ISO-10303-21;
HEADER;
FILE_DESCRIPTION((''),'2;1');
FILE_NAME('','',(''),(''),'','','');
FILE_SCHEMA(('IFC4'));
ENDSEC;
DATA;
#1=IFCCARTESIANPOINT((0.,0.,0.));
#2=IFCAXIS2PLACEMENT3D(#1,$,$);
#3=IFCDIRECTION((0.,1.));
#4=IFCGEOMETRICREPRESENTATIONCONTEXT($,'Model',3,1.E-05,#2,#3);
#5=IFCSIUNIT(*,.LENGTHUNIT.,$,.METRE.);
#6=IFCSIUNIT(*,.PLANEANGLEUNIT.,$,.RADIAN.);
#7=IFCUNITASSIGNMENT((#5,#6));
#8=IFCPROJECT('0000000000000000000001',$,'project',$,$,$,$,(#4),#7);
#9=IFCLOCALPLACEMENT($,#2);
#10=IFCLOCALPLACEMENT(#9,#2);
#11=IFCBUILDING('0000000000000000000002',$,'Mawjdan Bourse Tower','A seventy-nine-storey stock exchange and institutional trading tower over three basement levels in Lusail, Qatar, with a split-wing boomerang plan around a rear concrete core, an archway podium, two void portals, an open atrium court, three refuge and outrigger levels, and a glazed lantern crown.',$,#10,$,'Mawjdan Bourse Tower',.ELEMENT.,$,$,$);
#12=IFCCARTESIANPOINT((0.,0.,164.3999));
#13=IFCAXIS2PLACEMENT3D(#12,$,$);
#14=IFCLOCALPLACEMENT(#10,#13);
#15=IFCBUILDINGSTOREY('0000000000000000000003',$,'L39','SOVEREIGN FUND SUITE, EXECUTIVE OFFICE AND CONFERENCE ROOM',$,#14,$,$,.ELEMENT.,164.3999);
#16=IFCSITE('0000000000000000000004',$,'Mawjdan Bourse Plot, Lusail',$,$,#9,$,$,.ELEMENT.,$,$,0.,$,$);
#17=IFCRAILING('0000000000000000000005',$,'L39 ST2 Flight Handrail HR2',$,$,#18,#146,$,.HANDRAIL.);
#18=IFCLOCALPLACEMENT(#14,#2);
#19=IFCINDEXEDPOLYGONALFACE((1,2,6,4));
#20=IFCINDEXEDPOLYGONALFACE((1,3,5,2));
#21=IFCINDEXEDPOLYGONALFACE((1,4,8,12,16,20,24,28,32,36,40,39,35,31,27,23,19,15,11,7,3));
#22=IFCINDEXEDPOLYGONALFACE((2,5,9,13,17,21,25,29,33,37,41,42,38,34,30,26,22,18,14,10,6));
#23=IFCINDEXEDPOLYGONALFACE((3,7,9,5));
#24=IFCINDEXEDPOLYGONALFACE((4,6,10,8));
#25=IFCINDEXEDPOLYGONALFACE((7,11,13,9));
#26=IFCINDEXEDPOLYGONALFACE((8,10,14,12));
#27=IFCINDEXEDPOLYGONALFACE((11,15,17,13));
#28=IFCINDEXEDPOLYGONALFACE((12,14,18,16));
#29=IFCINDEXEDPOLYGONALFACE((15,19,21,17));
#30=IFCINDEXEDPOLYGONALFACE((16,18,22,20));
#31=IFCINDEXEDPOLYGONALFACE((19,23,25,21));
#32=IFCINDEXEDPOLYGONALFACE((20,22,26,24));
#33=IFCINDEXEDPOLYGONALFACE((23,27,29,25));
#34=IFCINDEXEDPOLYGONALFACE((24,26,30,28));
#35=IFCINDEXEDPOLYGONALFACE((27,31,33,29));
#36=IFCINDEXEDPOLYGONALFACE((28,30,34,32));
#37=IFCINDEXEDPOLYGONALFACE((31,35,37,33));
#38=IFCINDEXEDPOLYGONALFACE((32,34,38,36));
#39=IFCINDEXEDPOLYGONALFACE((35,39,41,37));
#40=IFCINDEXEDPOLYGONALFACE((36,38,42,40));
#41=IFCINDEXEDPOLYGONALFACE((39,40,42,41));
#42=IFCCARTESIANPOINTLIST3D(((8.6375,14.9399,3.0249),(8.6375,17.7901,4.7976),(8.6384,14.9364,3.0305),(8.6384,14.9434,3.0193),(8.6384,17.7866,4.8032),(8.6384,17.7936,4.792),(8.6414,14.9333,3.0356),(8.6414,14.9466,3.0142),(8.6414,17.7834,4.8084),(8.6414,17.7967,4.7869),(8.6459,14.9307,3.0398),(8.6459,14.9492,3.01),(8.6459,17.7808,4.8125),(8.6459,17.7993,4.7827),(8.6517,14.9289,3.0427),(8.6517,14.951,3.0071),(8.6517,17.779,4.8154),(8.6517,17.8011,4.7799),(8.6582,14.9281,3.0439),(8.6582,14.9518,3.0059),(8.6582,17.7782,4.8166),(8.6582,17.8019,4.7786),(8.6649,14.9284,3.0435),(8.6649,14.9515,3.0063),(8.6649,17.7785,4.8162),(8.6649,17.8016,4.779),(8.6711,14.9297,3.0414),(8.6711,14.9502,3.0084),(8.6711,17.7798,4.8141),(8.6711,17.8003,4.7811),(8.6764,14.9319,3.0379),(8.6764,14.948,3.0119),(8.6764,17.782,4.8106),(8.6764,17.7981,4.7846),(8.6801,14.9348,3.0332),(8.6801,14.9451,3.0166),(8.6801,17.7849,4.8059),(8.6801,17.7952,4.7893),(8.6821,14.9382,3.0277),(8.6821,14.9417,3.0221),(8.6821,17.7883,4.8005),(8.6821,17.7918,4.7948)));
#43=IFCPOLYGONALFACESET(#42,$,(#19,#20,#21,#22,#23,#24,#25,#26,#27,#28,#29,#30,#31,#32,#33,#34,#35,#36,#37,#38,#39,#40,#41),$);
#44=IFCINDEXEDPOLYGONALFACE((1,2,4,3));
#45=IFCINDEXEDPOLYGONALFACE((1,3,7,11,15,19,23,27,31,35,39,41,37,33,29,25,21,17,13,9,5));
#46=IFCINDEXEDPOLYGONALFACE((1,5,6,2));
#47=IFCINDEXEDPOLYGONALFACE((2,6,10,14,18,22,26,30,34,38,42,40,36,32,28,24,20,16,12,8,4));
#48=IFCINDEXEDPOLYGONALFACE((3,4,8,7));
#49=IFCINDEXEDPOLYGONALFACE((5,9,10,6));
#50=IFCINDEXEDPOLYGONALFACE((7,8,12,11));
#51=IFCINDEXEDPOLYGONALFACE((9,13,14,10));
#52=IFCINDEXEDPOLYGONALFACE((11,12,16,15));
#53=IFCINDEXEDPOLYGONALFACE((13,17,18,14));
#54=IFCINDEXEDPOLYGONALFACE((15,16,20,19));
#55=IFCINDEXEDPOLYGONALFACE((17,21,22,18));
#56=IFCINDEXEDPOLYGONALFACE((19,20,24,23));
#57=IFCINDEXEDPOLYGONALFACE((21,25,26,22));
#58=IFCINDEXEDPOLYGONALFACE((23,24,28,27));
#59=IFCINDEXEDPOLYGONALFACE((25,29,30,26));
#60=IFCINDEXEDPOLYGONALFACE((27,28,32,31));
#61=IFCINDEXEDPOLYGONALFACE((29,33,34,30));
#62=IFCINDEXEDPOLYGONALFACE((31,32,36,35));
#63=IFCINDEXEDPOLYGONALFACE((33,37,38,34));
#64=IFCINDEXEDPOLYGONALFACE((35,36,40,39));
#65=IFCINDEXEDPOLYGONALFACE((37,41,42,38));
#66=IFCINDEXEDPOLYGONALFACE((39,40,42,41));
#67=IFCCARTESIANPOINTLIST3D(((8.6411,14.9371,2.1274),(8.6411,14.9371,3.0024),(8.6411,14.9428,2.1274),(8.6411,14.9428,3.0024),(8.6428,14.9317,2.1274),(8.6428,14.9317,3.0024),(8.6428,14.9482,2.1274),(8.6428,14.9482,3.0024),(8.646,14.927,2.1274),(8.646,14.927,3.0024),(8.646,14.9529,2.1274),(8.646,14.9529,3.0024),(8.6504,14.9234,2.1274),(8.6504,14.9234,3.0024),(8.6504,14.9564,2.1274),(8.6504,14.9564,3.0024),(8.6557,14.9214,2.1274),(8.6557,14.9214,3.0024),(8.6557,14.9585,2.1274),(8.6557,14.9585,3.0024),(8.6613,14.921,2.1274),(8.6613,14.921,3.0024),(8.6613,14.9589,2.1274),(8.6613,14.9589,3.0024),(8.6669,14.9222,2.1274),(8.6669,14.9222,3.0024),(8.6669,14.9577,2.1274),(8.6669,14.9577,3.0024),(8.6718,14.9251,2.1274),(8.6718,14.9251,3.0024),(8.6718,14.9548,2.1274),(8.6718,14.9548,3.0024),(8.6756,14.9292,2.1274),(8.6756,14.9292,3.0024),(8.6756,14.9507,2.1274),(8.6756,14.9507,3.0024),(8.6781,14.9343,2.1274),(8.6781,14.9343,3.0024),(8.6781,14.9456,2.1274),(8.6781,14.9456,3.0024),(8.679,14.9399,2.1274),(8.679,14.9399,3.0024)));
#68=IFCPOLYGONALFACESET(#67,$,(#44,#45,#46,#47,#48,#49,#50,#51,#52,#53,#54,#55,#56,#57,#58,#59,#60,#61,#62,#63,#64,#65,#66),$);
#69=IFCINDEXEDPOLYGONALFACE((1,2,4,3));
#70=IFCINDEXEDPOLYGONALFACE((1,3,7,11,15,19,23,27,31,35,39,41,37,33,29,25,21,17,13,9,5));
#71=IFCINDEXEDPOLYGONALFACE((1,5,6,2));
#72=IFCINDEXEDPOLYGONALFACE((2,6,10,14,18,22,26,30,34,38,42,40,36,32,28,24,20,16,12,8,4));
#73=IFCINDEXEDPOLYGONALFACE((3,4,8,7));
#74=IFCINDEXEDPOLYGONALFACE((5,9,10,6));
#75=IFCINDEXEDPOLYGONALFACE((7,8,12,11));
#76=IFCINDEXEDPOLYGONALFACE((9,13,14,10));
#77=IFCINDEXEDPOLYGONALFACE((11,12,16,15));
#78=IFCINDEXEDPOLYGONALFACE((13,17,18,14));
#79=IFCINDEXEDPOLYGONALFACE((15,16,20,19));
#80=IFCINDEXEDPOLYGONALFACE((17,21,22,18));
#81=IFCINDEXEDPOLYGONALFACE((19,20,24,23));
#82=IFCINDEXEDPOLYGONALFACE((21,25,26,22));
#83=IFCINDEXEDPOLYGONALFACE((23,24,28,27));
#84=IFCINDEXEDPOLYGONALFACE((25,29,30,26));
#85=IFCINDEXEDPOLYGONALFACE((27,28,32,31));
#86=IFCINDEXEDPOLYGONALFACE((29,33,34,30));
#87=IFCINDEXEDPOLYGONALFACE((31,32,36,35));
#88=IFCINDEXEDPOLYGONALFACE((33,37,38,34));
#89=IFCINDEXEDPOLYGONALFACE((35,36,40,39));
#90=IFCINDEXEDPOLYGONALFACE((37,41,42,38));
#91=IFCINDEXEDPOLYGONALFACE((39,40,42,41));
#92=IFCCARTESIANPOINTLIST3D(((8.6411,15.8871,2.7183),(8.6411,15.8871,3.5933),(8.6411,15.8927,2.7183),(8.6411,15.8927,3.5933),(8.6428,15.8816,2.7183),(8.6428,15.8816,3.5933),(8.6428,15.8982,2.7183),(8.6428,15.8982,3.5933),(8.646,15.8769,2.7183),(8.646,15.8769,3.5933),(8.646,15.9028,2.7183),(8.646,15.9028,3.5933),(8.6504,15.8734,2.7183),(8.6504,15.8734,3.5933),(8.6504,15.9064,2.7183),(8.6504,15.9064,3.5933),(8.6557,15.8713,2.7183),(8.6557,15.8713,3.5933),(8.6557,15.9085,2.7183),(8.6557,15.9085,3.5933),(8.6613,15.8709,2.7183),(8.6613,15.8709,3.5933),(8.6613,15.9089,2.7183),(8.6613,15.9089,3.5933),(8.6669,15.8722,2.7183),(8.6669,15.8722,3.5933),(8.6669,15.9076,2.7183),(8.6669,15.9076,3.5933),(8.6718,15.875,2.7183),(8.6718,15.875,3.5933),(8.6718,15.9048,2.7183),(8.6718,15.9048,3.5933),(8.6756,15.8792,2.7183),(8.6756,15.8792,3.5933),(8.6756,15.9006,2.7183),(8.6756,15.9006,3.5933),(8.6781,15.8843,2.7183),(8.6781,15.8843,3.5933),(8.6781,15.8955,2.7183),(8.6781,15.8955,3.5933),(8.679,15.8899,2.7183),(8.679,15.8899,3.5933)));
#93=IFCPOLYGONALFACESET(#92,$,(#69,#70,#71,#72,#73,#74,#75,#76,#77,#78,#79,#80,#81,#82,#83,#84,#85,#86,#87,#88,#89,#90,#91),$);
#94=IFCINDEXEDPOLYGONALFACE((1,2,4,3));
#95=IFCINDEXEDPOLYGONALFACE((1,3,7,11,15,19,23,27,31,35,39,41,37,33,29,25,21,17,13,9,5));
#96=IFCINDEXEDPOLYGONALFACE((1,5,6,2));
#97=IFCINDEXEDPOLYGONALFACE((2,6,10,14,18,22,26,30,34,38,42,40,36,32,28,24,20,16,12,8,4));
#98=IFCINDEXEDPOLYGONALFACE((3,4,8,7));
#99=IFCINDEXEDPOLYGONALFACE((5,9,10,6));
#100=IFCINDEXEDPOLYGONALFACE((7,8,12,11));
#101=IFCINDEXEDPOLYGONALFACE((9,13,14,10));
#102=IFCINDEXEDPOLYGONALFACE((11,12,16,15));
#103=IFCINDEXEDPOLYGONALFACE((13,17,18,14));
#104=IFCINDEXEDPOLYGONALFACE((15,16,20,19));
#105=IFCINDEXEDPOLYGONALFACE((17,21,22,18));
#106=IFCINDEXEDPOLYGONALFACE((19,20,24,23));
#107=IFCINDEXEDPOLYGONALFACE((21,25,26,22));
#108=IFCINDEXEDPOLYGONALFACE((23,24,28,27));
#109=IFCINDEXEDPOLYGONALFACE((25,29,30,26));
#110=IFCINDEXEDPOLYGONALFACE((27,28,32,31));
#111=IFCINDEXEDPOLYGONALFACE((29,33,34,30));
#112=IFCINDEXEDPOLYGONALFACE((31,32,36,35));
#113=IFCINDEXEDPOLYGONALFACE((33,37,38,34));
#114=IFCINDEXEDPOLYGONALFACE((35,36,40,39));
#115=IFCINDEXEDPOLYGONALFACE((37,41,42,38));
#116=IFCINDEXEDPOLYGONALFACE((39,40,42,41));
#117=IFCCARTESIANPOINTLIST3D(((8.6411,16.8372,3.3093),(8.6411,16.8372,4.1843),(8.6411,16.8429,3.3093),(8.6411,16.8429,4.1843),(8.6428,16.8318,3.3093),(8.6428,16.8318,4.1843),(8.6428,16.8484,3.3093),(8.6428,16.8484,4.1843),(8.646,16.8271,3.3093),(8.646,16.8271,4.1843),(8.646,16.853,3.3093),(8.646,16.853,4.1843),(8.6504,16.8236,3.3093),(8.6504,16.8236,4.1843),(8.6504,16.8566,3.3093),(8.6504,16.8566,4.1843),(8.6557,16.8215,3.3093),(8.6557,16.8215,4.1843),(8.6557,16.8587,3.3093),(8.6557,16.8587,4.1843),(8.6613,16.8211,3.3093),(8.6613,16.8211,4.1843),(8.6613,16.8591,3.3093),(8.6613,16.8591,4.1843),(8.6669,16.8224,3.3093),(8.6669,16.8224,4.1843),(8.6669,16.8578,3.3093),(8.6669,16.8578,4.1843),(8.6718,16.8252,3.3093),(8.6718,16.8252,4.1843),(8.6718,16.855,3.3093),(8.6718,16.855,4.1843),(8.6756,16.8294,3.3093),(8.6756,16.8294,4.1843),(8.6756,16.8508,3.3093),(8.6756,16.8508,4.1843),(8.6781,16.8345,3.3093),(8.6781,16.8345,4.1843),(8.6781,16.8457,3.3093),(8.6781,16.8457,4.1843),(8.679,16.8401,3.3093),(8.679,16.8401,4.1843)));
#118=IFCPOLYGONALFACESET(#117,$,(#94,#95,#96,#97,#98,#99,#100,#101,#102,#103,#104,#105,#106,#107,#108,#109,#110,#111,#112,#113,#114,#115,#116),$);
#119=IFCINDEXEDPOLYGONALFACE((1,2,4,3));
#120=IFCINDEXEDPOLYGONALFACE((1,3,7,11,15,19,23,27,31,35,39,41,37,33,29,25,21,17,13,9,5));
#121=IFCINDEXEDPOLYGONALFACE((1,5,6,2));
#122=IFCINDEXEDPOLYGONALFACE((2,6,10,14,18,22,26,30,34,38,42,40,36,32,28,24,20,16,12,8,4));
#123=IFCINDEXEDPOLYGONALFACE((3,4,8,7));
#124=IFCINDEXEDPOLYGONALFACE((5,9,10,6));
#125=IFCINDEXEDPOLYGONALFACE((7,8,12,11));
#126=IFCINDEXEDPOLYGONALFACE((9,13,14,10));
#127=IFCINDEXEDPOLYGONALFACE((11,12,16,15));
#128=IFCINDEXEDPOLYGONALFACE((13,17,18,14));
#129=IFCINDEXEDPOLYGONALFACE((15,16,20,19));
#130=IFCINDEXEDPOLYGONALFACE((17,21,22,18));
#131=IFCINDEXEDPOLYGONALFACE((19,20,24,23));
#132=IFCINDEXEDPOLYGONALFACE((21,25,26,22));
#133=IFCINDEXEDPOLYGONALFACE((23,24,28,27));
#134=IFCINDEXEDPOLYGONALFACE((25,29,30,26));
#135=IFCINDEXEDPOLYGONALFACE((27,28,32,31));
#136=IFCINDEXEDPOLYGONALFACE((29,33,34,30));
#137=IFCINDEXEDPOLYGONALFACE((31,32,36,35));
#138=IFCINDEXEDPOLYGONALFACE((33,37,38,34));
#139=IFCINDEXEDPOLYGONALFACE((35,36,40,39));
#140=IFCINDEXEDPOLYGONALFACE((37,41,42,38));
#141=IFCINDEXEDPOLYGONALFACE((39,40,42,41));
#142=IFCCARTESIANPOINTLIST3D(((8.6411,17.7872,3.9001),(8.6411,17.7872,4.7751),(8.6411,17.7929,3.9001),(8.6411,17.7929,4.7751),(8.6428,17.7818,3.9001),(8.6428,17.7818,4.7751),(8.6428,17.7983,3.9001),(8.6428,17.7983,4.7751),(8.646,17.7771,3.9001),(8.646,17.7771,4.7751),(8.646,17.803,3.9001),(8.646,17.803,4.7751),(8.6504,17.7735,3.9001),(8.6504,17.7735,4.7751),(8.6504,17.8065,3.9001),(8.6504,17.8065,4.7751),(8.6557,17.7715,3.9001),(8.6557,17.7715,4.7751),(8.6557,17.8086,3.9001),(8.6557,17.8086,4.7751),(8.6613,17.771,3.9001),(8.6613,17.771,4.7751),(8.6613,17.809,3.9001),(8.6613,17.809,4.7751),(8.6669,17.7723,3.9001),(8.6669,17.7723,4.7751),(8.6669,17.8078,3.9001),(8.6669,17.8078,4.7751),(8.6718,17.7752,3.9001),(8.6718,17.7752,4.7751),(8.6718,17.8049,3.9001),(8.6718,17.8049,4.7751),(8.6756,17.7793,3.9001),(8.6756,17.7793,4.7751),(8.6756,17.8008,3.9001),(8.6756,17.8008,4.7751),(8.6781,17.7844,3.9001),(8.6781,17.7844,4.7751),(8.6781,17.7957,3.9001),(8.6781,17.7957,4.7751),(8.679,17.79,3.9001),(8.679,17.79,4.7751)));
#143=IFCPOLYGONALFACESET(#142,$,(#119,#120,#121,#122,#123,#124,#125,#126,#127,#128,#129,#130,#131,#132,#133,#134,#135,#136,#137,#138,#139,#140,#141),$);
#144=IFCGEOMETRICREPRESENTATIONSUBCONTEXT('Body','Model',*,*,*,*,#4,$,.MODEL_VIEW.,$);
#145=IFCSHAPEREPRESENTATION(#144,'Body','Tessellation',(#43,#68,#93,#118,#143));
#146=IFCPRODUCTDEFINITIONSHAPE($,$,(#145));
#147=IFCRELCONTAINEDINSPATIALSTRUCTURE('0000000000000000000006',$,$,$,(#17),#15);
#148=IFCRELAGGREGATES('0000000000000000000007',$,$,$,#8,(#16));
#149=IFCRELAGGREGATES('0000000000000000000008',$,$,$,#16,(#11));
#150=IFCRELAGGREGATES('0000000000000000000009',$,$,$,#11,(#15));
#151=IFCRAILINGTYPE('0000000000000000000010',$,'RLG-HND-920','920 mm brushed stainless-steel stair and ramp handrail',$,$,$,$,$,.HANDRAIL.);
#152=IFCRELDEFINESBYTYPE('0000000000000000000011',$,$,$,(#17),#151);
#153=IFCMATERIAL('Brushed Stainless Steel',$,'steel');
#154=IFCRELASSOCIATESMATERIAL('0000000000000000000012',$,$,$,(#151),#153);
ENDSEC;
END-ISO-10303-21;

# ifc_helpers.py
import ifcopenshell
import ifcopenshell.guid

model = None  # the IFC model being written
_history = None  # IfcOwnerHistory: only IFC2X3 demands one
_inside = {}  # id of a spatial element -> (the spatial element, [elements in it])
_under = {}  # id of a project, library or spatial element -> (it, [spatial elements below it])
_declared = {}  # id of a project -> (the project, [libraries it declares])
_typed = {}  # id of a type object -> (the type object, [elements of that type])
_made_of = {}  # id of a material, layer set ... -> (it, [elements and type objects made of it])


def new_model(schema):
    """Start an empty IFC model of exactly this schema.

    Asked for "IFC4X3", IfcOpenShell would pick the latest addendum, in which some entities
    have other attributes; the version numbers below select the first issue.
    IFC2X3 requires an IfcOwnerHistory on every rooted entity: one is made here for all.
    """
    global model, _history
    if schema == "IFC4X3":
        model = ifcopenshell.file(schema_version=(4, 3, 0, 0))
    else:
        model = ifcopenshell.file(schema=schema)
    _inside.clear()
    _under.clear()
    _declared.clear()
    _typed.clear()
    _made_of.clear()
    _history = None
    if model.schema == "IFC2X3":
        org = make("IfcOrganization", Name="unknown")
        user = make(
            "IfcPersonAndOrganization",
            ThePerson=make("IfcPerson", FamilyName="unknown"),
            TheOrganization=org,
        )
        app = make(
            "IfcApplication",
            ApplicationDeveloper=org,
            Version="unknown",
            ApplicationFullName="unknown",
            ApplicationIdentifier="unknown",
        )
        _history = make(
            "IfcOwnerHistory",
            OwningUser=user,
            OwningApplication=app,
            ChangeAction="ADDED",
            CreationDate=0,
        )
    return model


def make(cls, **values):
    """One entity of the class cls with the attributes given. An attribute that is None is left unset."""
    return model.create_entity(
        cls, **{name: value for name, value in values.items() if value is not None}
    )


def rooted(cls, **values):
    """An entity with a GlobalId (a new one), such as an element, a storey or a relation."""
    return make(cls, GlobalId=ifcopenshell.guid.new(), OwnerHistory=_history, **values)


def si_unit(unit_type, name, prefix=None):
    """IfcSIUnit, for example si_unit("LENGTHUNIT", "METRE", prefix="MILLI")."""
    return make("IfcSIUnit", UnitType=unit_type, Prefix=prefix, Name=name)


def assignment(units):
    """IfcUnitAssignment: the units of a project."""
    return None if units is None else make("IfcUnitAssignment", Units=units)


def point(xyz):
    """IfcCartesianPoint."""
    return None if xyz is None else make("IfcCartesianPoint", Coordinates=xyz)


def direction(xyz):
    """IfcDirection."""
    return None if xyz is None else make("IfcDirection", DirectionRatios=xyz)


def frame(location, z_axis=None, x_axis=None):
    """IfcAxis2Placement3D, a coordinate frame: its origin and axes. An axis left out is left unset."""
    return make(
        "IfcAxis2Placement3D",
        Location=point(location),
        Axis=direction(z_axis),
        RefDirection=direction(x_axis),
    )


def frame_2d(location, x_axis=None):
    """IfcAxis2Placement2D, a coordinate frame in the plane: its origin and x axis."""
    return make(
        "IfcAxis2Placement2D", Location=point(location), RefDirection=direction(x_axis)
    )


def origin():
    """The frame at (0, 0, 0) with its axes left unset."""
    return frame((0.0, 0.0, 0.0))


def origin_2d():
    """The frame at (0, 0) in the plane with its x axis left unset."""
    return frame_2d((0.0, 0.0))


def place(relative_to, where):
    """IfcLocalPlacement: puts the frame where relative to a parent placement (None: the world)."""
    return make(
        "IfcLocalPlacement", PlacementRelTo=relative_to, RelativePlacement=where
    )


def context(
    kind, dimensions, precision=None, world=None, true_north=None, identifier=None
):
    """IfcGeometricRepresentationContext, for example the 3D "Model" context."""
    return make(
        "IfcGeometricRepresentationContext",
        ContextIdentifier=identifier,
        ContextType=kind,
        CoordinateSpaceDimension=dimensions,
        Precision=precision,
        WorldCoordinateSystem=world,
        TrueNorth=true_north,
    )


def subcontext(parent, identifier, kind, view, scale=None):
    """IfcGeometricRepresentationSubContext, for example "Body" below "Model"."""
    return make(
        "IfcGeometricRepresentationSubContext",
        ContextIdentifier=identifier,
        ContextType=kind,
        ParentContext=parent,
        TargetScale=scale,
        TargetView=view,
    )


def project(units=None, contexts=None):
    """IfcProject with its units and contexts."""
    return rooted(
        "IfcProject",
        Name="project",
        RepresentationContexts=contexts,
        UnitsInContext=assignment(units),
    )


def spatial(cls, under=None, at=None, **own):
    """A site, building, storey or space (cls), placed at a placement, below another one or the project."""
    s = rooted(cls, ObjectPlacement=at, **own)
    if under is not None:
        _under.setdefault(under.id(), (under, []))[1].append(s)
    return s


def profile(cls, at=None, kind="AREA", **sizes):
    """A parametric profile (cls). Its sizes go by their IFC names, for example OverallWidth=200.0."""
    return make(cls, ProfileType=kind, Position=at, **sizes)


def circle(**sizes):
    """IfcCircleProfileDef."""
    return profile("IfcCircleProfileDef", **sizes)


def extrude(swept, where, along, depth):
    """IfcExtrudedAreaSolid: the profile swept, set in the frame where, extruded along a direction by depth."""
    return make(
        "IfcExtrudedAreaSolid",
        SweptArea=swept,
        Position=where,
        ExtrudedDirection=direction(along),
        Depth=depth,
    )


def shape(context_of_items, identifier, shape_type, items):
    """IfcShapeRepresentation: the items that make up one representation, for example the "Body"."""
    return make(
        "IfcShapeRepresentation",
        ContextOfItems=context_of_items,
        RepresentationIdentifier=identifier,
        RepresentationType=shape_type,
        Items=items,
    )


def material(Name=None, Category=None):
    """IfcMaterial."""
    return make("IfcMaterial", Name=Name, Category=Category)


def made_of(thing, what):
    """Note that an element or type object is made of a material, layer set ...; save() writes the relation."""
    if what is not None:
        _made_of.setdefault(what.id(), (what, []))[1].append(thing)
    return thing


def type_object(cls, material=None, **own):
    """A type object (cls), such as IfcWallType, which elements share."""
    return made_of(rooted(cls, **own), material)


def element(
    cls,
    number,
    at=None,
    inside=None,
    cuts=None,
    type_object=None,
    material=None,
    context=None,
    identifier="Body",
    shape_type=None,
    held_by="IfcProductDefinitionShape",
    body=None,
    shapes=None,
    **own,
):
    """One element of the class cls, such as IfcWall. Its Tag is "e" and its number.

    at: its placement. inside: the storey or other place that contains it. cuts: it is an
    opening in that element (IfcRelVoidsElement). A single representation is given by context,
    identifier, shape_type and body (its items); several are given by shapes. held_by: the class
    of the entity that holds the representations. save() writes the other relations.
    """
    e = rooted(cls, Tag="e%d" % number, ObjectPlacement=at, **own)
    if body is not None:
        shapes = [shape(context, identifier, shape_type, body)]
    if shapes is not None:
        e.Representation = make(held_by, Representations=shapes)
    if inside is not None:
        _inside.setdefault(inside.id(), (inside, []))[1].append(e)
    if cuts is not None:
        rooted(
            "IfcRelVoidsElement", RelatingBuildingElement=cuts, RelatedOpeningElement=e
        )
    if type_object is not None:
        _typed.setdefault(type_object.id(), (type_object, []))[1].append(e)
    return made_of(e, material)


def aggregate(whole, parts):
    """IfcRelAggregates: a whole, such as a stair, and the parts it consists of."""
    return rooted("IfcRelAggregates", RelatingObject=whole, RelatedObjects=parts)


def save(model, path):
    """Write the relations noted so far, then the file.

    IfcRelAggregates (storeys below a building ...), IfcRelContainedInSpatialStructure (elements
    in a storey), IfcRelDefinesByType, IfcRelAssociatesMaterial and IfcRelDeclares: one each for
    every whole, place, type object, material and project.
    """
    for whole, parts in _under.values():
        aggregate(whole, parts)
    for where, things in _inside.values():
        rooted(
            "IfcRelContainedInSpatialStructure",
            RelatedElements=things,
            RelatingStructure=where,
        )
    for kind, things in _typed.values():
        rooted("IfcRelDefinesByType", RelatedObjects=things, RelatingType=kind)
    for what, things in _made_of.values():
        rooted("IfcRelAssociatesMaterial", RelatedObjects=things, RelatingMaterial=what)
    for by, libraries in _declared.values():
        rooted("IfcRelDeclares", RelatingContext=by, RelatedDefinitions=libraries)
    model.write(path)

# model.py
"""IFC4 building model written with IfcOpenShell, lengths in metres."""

from ifc_helpers import new_model, si_unit, direction, frame, origin, origin_2d, place, context, subcontext, project, spatial, circle, extrude, material, type_object, element, save


model = new_model("IFC4")

# Units and contexts
model_context = context("Model", 3, precision=1e-05, world=origin(), true_north=direction((0.0, 1.0)))
body_context = subcontext(model_context, "Body", "Model", "MODEL_VIEW")
ifc_project = project(units=[si_unit("LENGTHUNIT", "METRE"), si_unit("PLANEANGLEUNIT", "RADIAN")], contexts=[model_context])

# Site, building, storey
site_placement = place(None, origin())
site = spatial("IfcSite", under=ifc_project, at=site_placement, Name="Mawjdan Bourse Plot, Lusail", CompositionType="ELEMENT", RefElevation=0.0)
building_placement = place(site_placement, origin())
building = spatial("IfcBuilding", under=site, at=building_placement, Name="Mawjdan Bourse Tower", Description="A seventy-nine-storey stock exchange and institutional trading tower over three basement levels in Lusail, Qatar, with a split-wing boomerang plan around a rear concrete core, an archway podium, two void portals, an open atrium court, three refuge and outrigger levels, and a glazed lantern crown.", LongName="Mawjdan Bourse Tower", CompositionType="ELEMENT")
storey_placement = place(building_placement, frame((0.0, 0.0, 164.3999)))
storey = spatial("IfcBuildingStorey", under=building, at=storey_placement, Name="L39", Description="SOVEREIGN FUND SUITE, EXECUTIVE OFFICE AND CONFERENCE ROOM", CompositionType="ELEMENT", Elevation=164.3999)

# Shared definitions
ifc_material_1 = material(Name="Brushed Stainless Steel", Category="steel")

# Railing
railing_type_1 = type_object("IfcRailingType", Name="RLG-HND-920", Description="920 mm brushed stainless-steel stair and ramp handrail", PredefinedType="HANDRAIL", material=ifc_material_1)
railing_placement = place(storey_placement, frame((8.6599, 14.9399, 2.1274)))
element("IfcRailing", 1, at=railing_placement, inside=storey, type_object=railing_type_1, Name="L39 ST2 Flight Handrail HR2", PredefinedType="HANDRAIL", context=body_context, shape_type="SweptSolid", body=[
    extrude(circle(Radius=0.0225, at=origin_2d()), frame((0.0, 0.0, 0.8975), z_axis=(0.0, 0.849149, 0.528154), x_axis=(-1.0, 0.0, 0.0)), (0.0, 0.0, 1.0), 3.3564),
    extrude(circle(Radius=0.019, at=origin_2d()), origin(), (0.0, 0.0, 1.0), 0.875),
    extrude(circle(Radius=0.019, at=origin_2d()), frame((0.0, 0.95, 0.5908)), (0.0, 0.0, 1.0), 0.875),
    extrude(circle(Radius=0.019, at=origin_2d()), frame((0.0, 1.9001, 1.1819)), (0.0, 0.0, 1.0), 0.875),
    extrude(circle(Radius=0.019, at=origin_2d()), frame((0.0, 2.8501, 1.7727)), (0.0, 0.0, 1.0), 0.875),
])

save(model, "model.ifc")
